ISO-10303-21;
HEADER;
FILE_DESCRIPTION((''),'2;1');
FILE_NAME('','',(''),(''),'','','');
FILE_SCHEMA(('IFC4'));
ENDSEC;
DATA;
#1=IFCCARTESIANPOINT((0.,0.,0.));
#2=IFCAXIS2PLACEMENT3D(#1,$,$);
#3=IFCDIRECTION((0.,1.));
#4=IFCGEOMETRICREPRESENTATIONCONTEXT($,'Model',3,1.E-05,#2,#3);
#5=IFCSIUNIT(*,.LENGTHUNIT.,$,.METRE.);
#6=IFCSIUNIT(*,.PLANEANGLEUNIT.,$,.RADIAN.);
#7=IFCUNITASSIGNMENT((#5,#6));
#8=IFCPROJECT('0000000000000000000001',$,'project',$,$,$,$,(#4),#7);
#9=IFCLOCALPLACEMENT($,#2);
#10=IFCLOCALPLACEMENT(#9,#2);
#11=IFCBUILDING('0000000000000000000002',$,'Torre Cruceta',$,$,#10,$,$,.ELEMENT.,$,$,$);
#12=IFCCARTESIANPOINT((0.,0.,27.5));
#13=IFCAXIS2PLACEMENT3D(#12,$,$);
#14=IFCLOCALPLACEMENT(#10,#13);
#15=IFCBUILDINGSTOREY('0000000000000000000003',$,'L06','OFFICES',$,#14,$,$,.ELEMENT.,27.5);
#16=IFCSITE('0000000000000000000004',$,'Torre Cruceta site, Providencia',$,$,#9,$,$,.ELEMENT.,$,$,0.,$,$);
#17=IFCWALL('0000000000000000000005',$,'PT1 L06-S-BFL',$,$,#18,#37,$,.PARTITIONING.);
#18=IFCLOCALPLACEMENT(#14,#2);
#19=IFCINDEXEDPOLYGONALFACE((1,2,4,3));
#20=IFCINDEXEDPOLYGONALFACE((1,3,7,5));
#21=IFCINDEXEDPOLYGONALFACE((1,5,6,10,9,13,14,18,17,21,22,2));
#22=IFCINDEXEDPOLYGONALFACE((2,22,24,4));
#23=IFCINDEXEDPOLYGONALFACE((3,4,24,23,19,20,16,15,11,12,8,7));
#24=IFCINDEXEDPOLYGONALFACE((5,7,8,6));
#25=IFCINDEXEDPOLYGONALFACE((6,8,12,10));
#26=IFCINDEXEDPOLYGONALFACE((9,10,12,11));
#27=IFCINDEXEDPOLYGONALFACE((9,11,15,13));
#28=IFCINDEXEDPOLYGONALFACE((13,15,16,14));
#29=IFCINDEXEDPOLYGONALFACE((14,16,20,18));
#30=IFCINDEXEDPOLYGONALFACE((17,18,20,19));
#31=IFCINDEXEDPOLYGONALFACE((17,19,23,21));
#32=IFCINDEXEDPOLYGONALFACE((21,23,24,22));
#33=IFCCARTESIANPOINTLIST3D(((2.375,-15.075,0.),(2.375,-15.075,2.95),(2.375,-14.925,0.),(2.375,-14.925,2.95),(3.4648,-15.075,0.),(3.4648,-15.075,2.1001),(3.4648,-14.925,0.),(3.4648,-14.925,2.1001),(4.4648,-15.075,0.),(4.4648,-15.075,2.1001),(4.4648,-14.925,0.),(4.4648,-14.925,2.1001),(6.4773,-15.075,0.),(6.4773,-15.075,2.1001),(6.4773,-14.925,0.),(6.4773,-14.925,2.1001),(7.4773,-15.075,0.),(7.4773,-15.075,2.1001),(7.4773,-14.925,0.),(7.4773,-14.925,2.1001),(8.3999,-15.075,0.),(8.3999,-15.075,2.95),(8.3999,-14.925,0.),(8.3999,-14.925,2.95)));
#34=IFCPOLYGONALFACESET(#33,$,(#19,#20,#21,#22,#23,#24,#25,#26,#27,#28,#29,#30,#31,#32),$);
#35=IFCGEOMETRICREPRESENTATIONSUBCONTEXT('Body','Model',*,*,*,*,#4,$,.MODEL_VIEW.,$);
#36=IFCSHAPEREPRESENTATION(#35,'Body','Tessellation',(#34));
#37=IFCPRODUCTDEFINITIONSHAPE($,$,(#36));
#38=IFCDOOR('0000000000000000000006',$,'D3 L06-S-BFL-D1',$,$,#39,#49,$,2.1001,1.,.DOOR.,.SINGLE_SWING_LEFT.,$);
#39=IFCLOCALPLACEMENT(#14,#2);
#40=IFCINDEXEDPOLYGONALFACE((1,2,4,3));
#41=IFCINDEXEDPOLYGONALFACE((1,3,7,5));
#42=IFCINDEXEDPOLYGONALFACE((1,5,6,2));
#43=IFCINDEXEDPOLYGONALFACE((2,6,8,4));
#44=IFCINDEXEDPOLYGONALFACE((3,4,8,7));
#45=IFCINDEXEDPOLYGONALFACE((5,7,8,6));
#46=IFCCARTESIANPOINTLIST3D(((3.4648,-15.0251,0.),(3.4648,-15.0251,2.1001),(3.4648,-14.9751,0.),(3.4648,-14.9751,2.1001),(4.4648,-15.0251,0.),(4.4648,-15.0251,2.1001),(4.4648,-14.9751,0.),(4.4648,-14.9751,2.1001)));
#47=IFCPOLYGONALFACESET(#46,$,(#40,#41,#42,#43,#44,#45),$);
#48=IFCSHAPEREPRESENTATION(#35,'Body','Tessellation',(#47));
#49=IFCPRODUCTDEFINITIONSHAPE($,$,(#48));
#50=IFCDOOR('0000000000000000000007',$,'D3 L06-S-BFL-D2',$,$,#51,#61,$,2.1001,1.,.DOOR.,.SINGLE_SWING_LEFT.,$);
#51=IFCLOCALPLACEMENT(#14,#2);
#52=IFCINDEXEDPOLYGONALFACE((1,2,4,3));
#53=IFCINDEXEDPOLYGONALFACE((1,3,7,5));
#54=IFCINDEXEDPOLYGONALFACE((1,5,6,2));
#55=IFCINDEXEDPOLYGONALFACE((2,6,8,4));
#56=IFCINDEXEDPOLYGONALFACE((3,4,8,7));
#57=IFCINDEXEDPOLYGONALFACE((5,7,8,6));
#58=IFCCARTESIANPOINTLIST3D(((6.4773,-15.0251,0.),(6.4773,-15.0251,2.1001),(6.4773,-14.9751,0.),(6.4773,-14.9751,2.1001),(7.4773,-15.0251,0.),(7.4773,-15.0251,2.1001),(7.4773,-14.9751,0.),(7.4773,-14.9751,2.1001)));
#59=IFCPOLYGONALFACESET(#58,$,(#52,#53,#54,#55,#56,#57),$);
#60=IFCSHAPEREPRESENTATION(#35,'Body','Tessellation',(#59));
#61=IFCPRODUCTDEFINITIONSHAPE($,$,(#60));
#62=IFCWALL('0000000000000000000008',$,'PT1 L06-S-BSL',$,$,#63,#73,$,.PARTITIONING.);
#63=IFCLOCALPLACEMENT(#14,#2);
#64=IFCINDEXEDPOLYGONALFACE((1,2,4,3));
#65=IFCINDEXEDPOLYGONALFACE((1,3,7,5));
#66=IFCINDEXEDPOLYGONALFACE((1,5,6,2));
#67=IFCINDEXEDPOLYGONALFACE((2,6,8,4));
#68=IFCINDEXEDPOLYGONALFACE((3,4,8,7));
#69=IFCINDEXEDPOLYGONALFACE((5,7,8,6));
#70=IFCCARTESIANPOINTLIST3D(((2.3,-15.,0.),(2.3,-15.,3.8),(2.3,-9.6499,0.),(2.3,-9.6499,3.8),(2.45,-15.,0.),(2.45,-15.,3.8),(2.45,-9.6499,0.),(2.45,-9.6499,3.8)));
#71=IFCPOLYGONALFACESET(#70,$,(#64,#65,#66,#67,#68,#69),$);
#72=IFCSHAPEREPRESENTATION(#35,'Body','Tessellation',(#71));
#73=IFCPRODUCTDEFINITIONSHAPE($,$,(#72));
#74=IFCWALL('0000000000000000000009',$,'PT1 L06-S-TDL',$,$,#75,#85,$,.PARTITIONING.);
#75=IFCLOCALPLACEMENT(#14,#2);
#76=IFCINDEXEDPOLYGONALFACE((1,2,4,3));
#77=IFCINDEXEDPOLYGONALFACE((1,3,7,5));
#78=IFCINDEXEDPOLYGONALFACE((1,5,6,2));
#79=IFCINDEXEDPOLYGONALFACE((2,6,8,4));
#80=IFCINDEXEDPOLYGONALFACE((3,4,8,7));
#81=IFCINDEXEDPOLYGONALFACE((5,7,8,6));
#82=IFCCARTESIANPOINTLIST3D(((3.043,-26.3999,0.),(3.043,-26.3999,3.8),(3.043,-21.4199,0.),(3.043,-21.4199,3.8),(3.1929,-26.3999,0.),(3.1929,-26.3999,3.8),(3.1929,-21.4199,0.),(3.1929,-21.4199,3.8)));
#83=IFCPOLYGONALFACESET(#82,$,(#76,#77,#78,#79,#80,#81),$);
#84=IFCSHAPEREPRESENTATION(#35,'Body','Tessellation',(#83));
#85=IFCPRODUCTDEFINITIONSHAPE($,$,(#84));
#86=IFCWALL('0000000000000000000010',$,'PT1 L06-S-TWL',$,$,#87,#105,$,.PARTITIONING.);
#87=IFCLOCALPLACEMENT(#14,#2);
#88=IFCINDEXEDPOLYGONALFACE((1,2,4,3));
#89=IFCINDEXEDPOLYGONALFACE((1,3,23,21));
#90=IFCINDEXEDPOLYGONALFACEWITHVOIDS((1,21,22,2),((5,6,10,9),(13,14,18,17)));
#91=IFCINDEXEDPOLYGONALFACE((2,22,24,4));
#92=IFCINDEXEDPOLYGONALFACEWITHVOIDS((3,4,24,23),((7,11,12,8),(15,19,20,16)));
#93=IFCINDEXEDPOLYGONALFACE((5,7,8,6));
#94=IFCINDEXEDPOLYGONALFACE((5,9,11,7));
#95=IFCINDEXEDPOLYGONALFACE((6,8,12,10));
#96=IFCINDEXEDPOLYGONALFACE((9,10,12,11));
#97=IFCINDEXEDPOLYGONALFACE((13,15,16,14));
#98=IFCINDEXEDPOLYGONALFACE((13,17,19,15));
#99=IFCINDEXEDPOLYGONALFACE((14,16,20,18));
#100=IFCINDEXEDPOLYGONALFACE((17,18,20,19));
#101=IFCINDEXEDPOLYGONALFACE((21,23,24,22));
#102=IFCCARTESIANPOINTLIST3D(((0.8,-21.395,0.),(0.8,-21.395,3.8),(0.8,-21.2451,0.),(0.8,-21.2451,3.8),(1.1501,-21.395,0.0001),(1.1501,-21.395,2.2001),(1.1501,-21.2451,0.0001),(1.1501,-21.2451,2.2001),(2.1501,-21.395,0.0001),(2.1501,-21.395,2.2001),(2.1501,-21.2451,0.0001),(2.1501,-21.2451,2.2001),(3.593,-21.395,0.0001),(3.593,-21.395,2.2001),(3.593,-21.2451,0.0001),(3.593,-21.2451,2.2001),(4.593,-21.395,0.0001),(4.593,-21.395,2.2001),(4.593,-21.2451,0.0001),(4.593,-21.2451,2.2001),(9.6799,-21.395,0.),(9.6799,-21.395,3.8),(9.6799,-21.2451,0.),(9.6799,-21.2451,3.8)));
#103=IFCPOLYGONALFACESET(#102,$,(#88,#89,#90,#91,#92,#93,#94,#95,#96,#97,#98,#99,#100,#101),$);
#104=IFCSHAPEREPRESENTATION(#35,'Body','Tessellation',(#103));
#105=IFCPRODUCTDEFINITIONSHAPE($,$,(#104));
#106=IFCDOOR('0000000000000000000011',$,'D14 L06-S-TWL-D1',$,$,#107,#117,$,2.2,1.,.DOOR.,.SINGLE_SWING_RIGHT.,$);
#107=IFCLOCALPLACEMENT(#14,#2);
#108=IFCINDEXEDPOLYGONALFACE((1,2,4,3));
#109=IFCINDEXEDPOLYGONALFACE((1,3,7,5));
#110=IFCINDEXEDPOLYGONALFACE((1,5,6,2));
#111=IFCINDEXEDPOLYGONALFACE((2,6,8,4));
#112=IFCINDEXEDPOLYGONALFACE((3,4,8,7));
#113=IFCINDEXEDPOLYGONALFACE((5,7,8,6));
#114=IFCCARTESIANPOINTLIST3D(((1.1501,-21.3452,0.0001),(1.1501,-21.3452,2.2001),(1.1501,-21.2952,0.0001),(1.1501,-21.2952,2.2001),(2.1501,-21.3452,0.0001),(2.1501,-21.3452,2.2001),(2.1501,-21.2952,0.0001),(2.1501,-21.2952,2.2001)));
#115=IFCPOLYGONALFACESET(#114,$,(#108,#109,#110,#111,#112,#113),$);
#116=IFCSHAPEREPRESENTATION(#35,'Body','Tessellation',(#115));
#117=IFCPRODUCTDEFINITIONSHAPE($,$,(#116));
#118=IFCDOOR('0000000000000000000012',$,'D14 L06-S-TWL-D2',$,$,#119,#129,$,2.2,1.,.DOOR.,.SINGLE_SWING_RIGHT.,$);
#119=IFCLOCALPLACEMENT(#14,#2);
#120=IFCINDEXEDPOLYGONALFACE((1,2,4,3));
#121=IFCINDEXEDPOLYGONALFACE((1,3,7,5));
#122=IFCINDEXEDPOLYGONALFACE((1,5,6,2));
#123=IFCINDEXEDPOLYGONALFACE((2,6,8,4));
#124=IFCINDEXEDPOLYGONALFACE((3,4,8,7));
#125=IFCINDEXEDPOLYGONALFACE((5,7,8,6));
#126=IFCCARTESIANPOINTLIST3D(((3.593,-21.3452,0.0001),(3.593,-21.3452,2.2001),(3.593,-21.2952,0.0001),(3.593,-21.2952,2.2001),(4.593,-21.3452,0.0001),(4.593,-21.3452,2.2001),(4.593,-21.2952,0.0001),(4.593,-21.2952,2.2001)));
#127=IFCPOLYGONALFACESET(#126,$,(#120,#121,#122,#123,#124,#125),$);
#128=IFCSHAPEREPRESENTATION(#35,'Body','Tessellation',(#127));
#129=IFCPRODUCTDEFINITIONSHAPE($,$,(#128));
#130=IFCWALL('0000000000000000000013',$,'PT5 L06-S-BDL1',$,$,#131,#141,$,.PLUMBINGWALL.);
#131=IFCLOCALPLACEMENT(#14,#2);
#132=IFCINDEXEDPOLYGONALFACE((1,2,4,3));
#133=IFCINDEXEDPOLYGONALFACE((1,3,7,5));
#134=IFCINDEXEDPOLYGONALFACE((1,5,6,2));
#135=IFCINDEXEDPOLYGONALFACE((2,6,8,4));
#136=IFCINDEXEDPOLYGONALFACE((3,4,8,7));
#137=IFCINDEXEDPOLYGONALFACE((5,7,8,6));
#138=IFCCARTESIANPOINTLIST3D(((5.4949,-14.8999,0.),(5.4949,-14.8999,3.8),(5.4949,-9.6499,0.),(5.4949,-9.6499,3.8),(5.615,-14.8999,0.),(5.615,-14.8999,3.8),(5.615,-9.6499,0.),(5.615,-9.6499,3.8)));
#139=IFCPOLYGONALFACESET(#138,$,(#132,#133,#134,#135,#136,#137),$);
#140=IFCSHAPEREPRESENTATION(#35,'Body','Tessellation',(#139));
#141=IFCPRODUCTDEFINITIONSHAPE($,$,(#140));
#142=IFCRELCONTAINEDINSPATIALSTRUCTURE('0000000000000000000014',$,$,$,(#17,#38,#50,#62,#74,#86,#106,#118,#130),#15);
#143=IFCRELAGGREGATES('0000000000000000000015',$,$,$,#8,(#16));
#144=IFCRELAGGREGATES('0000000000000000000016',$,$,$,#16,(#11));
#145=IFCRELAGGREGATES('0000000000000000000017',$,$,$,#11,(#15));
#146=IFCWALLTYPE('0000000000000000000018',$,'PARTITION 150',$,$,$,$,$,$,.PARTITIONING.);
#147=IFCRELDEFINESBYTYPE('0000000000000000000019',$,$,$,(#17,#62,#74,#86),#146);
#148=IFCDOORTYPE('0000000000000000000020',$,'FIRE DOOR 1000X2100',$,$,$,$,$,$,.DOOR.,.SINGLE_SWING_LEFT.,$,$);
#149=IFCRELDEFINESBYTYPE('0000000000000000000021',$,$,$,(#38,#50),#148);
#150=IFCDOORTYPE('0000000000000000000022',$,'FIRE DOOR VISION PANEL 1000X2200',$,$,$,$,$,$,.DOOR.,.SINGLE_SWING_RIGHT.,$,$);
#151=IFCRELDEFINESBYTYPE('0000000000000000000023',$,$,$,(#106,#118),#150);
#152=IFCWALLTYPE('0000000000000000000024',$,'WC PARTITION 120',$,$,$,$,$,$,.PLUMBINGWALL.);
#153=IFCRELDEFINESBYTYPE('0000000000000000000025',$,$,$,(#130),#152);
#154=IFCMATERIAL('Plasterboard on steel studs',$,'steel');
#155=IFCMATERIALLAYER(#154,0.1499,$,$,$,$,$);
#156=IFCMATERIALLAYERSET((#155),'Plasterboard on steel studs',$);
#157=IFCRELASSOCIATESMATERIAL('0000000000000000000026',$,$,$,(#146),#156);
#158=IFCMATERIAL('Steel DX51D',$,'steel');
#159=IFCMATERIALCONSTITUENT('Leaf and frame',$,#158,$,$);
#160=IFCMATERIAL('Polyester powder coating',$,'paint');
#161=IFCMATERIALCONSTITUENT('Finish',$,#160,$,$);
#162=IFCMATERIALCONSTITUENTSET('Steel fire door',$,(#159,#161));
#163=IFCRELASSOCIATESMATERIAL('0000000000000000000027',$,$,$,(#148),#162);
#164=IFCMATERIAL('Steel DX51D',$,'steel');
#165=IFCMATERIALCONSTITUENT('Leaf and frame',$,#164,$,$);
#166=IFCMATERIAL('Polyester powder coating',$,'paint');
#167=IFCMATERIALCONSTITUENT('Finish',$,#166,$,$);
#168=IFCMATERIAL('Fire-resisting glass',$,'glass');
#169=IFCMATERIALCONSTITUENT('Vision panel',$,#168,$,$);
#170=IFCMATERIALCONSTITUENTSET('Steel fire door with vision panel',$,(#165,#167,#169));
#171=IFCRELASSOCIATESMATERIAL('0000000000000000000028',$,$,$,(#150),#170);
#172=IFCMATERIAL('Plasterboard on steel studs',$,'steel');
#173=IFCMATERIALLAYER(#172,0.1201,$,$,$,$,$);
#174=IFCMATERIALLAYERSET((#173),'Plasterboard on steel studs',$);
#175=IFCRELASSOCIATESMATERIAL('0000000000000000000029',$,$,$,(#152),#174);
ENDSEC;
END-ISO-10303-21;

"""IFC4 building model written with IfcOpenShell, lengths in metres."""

from ifc_helpers import new_model, si_unit, direction, frame, frame_2d, origin, place, context, subcontext, project, spatial, rectangle, extrude, material, layer, layer_set, constituent, constituent_set, type_object, element, fill, save


model = new_model("IFC4")

# Units and contexts
model_context = context("Model", 3, precision=1e-05, world=origin(), true_north=direction((0.0, 1.0)))
body_context = subcontext(model_context, "Body", "Model", "MODEL_VIEW")
ifc_project = project(units=[si_unit("LENGTHUNIT", "METRE"), si_unit("PLANEANGLEUNIT", "RADIAN")], contexts=[model_context])

# Site, building, storey
site_placement = place(None, origin())
site = spatial("IfcSite", under=ifc_project, at=site_placement, Name="Torre Cruceta site, Providencia", CompositionType="ELEMENT", RefElevation=0.0)
building_placement = place(site_placement, origin())
building = spatial("IfcBuilding", under=site, at=building_placement, Name="Torre Cruceta", CompositionType="ELEMENT")
storey_placement = place(building_placement, frame((0.0, 0.0, 27.5)))
storey = spatial("IfcBuildingStorey", under=building, at=storey_placement, Name="L06", Description="OFFICES", CompositionType="ELEMENT", Elevation=27.5)

# Wall, openings, doors
ifc_material_1 = material(Name="Plasterboard on steel studs", Category="steel")
ifc_layer_1 = layer(ifc_material_1, 0.1499)
ifc_layer_set_1 = layer_set([ifc_layer_1], Name="Plasterboard on steel studs")
wall_type_1 = type_object("IfcWallType", Name="PARTITION 150", PredefinedType="PARTITIONING", material=ifc_layer_set_1)
wall_1_placement = place(storey_placement, frame((2.375, -15.0, 0.0), z_axis=(0.0, 0.0, 1.0), x_axis=(1.0, 0.0, 0.0)))
wall_1 = element("IfcWall", 1, at=wall_1_placement, inside=storey, type_object=wall_type_1, Name="PT1 L06-S-BFL", PredefinedType="PARTITIONING", context=body_context, shape_type="SweptSolid", body=[
    extrude(rectangle(XDim=6.0249, YDim=0.1499, at=frame_2d((3.0125, 0.0))), origin(), (0.0, 0.0, 1.0), 2.95),
])
opening_1_placement = place(wall_1_placement, frame((1.0898, 0.0, 0.0)))
opening_1 = element("IfcOpeningElement", 2, at=opening_1_placement, cuts=wall_1, PredefinedType="OPENING", context=body_context, shape_type="SweptSolid", body=[
    extrude(rectangle(XDim=1.0, YDim=2.1001, at=frame_2d((0.5, 1.05))), frame((0.0, 0.085, 0.0), z_axis=(0.0, -1.0, 0.0), x_axis=(1.0, 0.0, 0.0)), (0.0, 0.0, 1.0), 0.1699),
])
opening_2_placement = place(wall_1_placement, frame((4.1023, 0.0, 0.0)))
opening_2 = element("IfcOpeningElement", 3, at=opening_2_placement, cuts=wall_1, PredefinedType="OPENING", context=body_context, shape_type="SweptSolid", body=[
    extrude(rectangle(XDim=1.0, YDim=2.1001, at=frame_2d((0.5, 1.05))), frame((0.0, 0.085, 0.0), z_axis=(0.0, -1.0, 0.0), x_axis=(1.0, 0.0, 0.0)), (0.0, 0.0, 1.0), 0.1699),
])
ifc_material_2 = material(Name="Steel DX51D", Category="steel")
ifc_constituent_1 = constituent(ifc_material_2, Name="Leaf and frame")
ifc_material_3 = material(Name="Polyester powder coating", Category="paint")
ifc_constituent_2 = constituent(ifc_material_3, Name="Finish")
ifc_constituent_set_1 = constituent_set(constituents=[ifc_constituent_1, ifc_constituent_2], Name="Steel fire door")
door_type_1 = type_object("IfcDoorType", Name="FIRE DOOR 1000X2100", OperationType="SINGLE_SWING_LEFT", PredefinedType="DOOR", material=ifc_constituent_set_1)
door_1_placement = place(opening_1_placement, origin())
door_1 = element("IfcDoor", 4, at=door_1_placement, inside=storey, type_object=door_type_1, Name="D3 L06-S-BFL-D1", OperationType="SINGLE_SWING_LEFT", OverallHeight=2.1001, OverallWidth=1.0, PredefinedType="DOOR", context=body_context, shape_type="SweptSolid", body=[
    extrude(rectangle(XDim=1.0, YDim=2.1001, at=frame_2d((0.5, 1.05))), frame((0.0, 0.0249, 0.0), z_axis=(0.0, -1.0, 0.0), x_axis=(1.0, 0.0, 0.0)), (0.0, 0.0, 1.0), 0.05),
])
fill(opening_1, door_1)
door_2_placement = place(opening_2_placement, origin())
door_2 = element("IfcDoor", 5, at=door_2_placement, inside=storey, type_object=door_type_1, Name="D3 L06-S-BFL-D2", OperationType="SINGLE_SWING_LEFT", OverallHeight=2.1001, OverallWidth=1.0, PredefinedType="DOOR", context=body_context, shape_type="SweptSolid", body=[
    extrude(rectangle(XDim=1.0, YDim=2.1001, at=frame_2d((0.5, 1.05))), frame((0.0, 0.0249, 0.0), z_axis=(0.0, -1.0, 0.0), x_axis=(1.0, 0.0, 0.0)), (0.0, 0.0, 1.0), 0.05),
])
fill(opening_2, door_2)

# Walls
wall_2_placement = place(storey_placement, frame((2.375, -9.6499, 0.0), z_axis=(0.0, 0.0, 1.0), x_axis=(0.0, -1.0, 0.0)))
element("IfcWall", 6, at=wall_2_placement, inside=storey, type_object=wall_type_1, Name="PT1 L06-S-BSL", PredefinedType="PARTITIONING", context=body_context, shape_type="SweptSolid", body=[
    extrude(rectangle(XDim=5.3501, YDim=0.1499, at=frame_2d((2.675, 0.0))), origin(), (0.0, 0.0, 1.0), 3.8),
])
wall_3_placement = place(storey_placement, frame((3.1179, -21.4199, 0.0), z_axis=(0.0, 0.0, 1.0), x_axis=(0.0, -1.0, 0.0)))
element("IfcWall", 7, at=wall_3_placement, inside=storey, type_object=wall_type_1, Name="PT1 L06-S-TDL", PredefinedType="PARTITIONING", context=body_context, shape_type="SweptSolid", body=[
    extrude(rectangle(XDim=4.98, YDim=0.1499, at=frame_2d((2.49, 0.0))), origin(), (0.0, 0.0, 1.0), 3.8),
])

# Wall, openings, doors
wall_4_placement = place(storey_placement, frame((0.8, -21.3201, 0.0), z_axis=(0.0, 0.0, 1.0), x_axis=(1.0, 0.0, 0.0)))
wall_4 = element("IfcWall", 8, at=wall_4_placement, inside=storey, type_object=wall_type_1, Name="PT1 L06-S-TWL", PredefinedType="PARTITIONING", context=body_context, shape_type="SweptSolid", body=[
    extrude(rectangle(XDim=8.8799, YDim=0.1499, at=frame_2d((4.4399, 0.0))), origin(), (0.0, 0.0, 1.0), 3.8),
])
opening_3_placement = place(wall_4_placement, frame((0.3501, 0.0, 0.0)))
opening_3 = element("IfcOpeningElement", 9, at=opening_3_placement, cuts=wall_4, PredefinedType="OPENING", context=body_context, shape_type="SweptSolid", body=[
    extrude(rectangle(XDim=1.0, YDim=2.2, at=frame_2d((0.5, 1.1001))), frame((0.0, 0.085, 0.0), z_axis=(0.0, -1.0, 0.0), x_axis=(1.0, 0.0, 0.0)), (0.0, 0.0, 1.0), 0.1699),
])
opening_4_placement = place(wall_4_placement, frame((2.793, 0.0, 0.0)))
opening_4 = element("IfcOpeningElement", 10, at=opening_4_placement, cuts=wall_4, PredefinedType="OPENING", context=body_context, shape_type="SweptSolid", body=[
    extrude(rectangle(XDim=1.0, YDim=2.2, at=frame_2d((0.5, 1.1001))), frame((0.0, 0.085, 0.0), z_axis=(0.0, -1.0, 0.0), x_axis=(1.0, 0.0, 0.0)), (0.0, 0.0, 1.0), 0.1699),
])
ifc_material_4 = material(Name="Steel DX51D", Category="steel")
ifc_constituent_3 = constituent(ifc_material_4, Name="Leaf and frame")
ifc_material_5 = material(Name="Polyester powder coating", Category="paint")
ifc_constituent_4 = constituent(ifc_material_5, Name="Finish")
ifc_material_6 = material(Name="Fire-resisting glass", Category="glass")
ifc_constituent_5 = constituent(ifc_material_6, Name="Vision panel")
ifc_constituent_set_2 = constituent_set(constituents=[ifc_constituent_3, ifc_constituent_4, ifc_constituent_5], Name="Steel fire door with vision panel")
door_type_2 = type_object("IfcDoorType", Name="FIRE DOOR VISION PANEL 1000X2200", OperationType="SINGLE_SWING_RIGHT", PredefinedType="DOOR", material=ifc_constituent_set_2)
door_3_placement = place(opening_3_placement, frame((1.0, 0.0, 0.0), z_axis=(0.0, 0.0, 1.0), x_axis=(-1.0, 0.0, 0.0)))
door_3 = element("IfcDoor", 11, at=door_3_placement, inside=storey, type_object=door_type_2, Name="D14 L06-S-TWL-D1", OperationType="SINGLE_SWING_RIGHT", OverallHeight=2.2, OverallWidth=1.0, PredefinedType="DOOR", context=body_context, shape_type="SweptSolid", body=[
    extrude(rectangle(XDim=1.0, YDim=2.2, at=frame_2d((0.5, 1.1001))), frame((0.0, 0.0251, 0.0), z_axis=(0.0, -1.0, 0.0), x_axis=(1.0, 0.0, 0.0)), (0.0, 0.0, 1.0), 0.05),
])
fill(opening_3, door_3)
door_4_placement = place(opening_4_placement, frame((1.0, 0.0, 0.0), z_axis=(0.0, 0.0, 1.0), x_axis=(-1.0, 0.0, 0.0)))
door_4 = element("IfcDoor", 12, at=door_4_placement, inside=storey, type_object=door_type_2, Name="D14 L06-S-TWL-D2", OperationType="SINGLE_SWING_RIGHT", OverallHeight=2.2, OverallWidth=1.0, PredefinedType="DOOR", context=body_context, shape_type="SweptSolid", body=[
    extrude(rectangle(XDim=1.0, YDim=2.2, at=frame_2d((0.5, 1.1001))), frame((0.0, 0.0251, 0.0), z_axis=(0.0, -1.0, 0.0), x_axis=(1.0, 0.0, 0.0)), (0.0, 0.0, 1.0), 0.05),
])
fill(opening_4, door_4)

# Wall
ifc_material_7 = material(Name="Plasterboard on steel studs", Category="steel")
ifc_layer_2 = layer(ifc_material_7, 0.1201)
ifc_layer_set_2 = layer_set([ifc_layer_2], Name="Plasterboard on steel studs")
wall_type_2 = type_object("IfcWallType", Name="WC PARTITION 120", PredefinedType="PLUMBINGWALL", material=ifc_layer_set_2)
wall_5_placement = place(storey_placement, frame((5.5549, -9.6499, 0.0), z_axis=(0.0, 0.0, 1.0), x_axis=(0.0, -1.0, 0.0)))
element("IfcWall", 13, at=wall_5_placement, inside=storey, type_object=wall_type_2, Name="PT5 L06-S-BDL1", PredefinedType="PLUMBINGWALL", context=body_context, shape_type="SweptSolid", body=[
    extrude(rectangle(XDim=5.25, YDim=0.1201, at=frame_2d((2.625, 0.0))), origin(), (0.0, 0.0, 1.0), 3.8),
])

save(model, "model.ifc")
